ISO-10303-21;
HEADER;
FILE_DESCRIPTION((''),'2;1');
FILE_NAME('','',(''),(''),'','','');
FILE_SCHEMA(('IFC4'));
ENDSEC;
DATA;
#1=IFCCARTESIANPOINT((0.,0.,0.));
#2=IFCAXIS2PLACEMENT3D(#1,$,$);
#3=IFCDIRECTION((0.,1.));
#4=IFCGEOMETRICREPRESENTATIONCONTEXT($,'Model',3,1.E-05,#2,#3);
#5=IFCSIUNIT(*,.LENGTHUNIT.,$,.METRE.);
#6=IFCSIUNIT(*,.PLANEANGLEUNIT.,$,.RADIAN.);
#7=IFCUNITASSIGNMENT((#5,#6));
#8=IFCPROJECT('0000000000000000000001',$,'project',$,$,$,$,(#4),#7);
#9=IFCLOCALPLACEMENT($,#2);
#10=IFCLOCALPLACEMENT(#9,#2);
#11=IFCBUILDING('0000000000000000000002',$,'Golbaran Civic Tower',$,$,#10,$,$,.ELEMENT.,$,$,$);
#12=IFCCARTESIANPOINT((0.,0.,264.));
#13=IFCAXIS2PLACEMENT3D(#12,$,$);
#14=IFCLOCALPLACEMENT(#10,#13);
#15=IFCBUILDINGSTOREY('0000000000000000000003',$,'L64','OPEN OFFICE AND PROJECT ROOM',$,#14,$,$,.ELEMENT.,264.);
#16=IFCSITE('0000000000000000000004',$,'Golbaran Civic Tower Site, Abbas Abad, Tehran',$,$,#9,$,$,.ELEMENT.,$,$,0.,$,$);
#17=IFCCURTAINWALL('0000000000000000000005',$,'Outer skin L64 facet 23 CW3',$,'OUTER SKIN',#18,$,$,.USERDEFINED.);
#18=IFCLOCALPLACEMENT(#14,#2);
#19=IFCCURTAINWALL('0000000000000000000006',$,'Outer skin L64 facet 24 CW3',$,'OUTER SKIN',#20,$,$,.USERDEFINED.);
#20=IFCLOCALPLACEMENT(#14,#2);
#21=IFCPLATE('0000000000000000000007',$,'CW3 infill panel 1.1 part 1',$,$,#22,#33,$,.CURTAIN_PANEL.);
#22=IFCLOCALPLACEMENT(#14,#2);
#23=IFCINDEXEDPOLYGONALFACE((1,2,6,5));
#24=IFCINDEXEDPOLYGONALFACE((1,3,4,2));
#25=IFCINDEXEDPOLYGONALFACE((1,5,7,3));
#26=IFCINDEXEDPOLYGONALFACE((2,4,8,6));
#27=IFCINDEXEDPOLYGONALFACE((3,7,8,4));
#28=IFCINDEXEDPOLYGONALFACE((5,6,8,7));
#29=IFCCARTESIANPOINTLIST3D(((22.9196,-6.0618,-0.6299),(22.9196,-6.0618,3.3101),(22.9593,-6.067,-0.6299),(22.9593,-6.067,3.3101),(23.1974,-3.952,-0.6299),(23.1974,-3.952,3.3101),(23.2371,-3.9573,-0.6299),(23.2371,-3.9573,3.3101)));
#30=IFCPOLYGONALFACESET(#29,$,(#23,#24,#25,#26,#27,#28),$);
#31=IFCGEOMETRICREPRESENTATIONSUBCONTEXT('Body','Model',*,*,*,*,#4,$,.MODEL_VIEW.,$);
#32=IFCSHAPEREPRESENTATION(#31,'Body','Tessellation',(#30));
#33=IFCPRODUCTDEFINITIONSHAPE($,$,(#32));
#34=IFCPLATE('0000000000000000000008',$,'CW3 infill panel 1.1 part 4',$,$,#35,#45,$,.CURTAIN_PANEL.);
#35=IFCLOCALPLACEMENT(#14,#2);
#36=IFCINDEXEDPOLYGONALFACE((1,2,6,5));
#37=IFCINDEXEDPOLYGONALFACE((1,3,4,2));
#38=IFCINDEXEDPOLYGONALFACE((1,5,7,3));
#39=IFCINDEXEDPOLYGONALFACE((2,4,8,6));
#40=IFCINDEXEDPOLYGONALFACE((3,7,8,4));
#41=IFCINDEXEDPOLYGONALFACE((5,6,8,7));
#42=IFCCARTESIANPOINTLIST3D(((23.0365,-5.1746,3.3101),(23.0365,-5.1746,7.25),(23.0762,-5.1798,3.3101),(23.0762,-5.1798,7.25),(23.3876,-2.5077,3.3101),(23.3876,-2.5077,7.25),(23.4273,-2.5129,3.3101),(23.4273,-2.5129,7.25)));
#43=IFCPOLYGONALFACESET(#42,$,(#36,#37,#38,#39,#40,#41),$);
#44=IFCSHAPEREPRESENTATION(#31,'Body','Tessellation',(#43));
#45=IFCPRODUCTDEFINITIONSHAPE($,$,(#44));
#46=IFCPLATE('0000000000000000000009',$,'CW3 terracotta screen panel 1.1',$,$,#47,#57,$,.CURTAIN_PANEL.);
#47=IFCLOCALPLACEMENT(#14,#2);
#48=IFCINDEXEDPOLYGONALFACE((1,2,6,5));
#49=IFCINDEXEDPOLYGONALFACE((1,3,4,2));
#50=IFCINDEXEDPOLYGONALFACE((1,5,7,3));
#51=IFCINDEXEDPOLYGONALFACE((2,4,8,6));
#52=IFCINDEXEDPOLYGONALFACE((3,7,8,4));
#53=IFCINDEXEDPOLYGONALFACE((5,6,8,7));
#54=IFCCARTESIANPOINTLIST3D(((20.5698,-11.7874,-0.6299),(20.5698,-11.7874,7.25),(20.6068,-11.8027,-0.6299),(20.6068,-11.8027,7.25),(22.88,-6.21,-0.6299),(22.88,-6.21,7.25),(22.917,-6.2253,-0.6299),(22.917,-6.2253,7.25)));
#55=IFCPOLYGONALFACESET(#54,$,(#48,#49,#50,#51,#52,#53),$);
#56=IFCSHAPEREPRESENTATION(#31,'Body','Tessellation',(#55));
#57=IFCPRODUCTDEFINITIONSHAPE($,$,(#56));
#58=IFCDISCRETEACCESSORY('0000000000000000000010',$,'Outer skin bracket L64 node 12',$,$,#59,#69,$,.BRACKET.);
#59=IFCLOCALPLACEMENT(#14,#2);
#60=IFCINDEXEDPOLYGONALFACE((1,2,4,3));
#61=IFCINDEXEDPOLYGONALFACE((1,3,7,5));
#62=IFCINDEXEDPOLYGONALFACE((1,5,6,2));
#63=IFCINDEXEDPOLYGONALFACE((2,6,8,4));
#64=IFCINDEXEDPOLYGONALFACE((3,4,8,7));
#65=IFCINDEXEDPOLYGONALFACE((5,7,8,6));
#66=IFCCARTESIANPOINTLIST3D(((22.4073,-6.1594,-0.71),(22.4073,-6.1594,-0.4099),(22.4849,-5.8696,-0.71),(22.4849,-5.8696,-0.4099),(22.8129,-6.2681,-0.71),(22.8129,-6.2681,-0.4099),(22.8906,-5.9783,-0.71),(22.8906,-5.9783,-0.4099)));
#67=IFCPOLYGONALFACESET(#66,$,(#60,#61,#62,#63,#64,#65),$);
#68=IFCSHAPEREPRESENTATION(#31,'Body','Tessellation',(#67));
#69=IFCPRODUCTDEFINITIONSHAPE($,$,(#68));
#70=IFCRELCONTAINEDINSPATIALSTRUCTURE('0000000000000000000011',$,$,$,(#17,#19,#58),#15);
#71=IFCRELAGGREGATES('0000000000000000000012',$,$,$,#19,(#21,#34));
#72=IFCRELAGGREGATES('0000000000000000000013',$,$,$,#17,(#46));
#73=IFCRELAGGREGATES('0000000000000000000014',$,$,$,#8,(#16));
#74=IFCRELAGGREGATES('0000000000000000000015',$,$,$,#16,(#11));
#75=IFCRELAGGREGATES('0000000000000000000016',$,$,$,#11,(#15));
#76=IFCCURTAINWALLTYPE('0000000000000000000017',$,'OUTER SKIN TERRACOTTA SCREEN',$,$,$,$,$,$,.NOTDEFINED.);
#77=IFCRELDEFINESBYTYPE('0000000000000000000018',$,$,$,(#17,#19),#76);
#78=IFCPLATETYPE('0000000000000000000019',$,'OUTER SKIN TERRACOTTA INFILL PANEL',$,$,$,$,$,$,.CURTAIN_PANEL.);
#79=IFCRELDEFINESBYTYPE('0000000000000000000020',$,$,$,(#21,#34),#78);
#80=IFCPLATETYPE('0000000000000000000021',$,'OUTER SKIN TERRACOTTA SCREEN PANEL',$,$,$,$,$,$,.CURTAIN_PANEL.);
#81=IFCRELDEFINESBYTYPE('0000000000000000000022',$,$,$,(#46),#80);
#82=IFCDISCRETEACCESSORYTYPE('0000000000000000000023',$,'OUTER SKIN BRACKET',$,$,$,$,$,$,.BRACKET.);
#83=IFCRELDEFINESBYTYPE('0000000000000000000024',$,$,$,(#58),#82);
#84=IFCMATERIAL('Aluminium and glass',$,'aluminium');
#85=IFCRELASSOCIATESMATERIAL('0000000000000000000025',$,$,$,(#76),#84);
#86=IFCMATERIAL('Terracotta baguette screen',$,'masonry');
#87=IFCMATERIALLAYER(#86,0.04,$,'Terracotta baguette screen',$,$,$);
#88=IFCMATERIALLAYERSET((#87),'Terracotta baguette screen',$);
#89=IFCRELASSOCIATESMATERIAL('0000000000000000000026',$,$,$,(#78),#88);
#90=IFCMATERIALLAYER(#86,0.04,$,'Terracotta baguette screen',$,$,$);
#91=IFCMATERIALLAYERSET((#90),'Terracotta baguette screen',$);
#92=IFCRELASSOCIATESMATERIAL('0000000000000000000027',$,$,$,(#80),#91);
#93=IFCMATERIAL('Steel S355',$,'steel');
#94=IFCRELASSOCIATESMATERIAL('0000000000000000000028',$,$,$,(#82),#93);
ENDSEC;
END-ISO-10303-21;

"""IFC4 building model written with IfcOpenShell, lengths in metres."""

from ifc_helpers import new_model, si_unit, direction, frame, origin, origin_2d, place, context, subcontext, project, spatial, rectangle, extrude, material, layer, layer_set, type_object, element, aggregate, save


model = new_model("IFC4")

# Units and contexts
model_context = context("Model", 3, precision=1e-05, world=origin(), true_north=direction((0.0, 1.0)))
body_context = subcontext(model_context, "Body", "Model", "MODEL_VIEW")
ifc_project = project(units=[si_unit("LENGTHUNIT", "METRE"), si_unit("PLANEANGLEUNIT", "RADIAN")], contexts=[model_context])

# Site, building, storey
site_placement = place(None, origin())
site = spatial("IfcSite", under=ifc_project, at=site_placement, Name="Golbaran Civic Tower Site, Abbas Abad, Tehran", CompositionType="ELEMENT", RefElevation=0.0)
building_placement = place(site_placement, origin())
building = spatial("IfcBuilding", under=site, at=building_placement, Name="Golbaran Civic Tower", CompositionType="ELEMENT")
storey_placement = place(building_placement, frame((0.0, 0.0, 264.0)))
storey = spatial("IfcBuildingStorey", under=building, at=storey_placement, Name="L64", Description="OPEN OFFICE AND PROJECT ROOM", CompositionType="ELEMENT", Elevation=264.0)

# Shared definitions
ifc_material_1 = material(Name="Steel S355", Category="steel")

# Shared definitions
ifc_material_2 = material(Name="Aluminium and glass", Category="aluminium")

# Curtain wall
curtain_wall_type_1 = type_object("IfcCurtainWallType", Name="OUTER SKIN TERRACOTTA SCREEN", PredefinedType="NOTDEFINED", material=ifc_material_2)
curtain_wall_1_placement = place(storey_placement, origin())
curtain_wall_1 = element("IfcCurtainWall", 1, at=curtain_wall_1_placement, inside=storey, type_object=curtain_wall_type_1, Name="Outer skin L64 facet 23 CW3", ObjectType="OUTER SKIN", PredefinedType="USERDEFINED")

# Curtain wall
curtain_wall_2_placement = place(storey_placement, origin())
curtain_wall_2 = element("IfcCurtainWall", 2, at=curtain_wall_2_placement, inside=storey, type_object=curtain_wall_type_1, Name="Outer skin L64 facet 24 CW3", ObjectType="OUTER SKIN", PredefinedType="USERDEFINED")

# Plates
ifc_material_3 = material(Name="Terracotta baguette screen", Category="masonry")
ifc_layer_1 = layer(ifc_material_3, 0.04, Name="Terracotta baguette screen")
ifc_layer_set_1 = layer_set([ifc_layer_1], Name="Terracotta baguette screen")
plate_type_1 = type_object("IfcPlateType", Name="OUTER SKIN TERRACOTTA INFILL PANEL", PredefinedType="CURTAIN_PANEL", material=ifc_layer_set_1)
plate_1_placement = place(storey_placement, frame((23.0784, -5.0095, -0.6299), z_axis=(0.0, 0.0, 1.0), x_axis=(0.130526, 0.991445, 0.0)))
plate_1 = element("IfcPlate", 3, at=plate_1_placement, type_object=plate_type_1, Name="CW3 infill panel 1.1 part 1", PredefinedType="CURTAIN_PANEL", context=body_context, shape_type="SweptSolid", body=[
    extrude(rectangle(XDim=2.1279, YDim=0.04, at=origin_2d()), origin(), (0.0, 0.0, 1.0), 3.9399),
])
plate_2_placement = place(storey_placement, frame((23.2319, -3.8438, 3.3101), z_axis=(0.0, 0.0, 1.0), x_axis=(0.130526, 0.991445, 0.0)))
plate_2 = element("IfcPlate", 4, at=plate_2_placement, type_object=plate_type_1, Name="CW3 infill panel 1.1 part 4", PredefinedType="CURTAIN_PANEL", context=body_context, shape_type="SweptSolid", body=[
    extrude(rectangle(XDim=2.6899, YDim=0.04, at=origin_2d()), origin(), (0.0, 0.0, 1.0), 3.9399),
])
aggregate(curtain_wall_2, [plate_1, plate_2])
ifc_layer_2 = layer(ifc_material_3, 0.04, Name="Terracotta baguette screen")
ifc_layer_set_2 = layer_set([ifc_layer_2], Name="Terracotta baguette screen")
plate_type_2 = type_object("IfcPlateType", Name="OUTER SKIN TERRACOTTA SCREEN PANEL", PredefinedType="CURTAIN_PANEL", material=ifc_layer_set_2)
plate_3_placement = place(storey_placement, frame((21.7434, -9.0063, -0.6299), z_axis=(0.0, 0.0, 1.0), x_axis=(0.382683, 0.92388, 0.0)))
plate_3 = element("IfcPlate", 5, at=plate_3_placement, type_object=plate_type_2, Name="CW3 terracotta screen panel 1.1", PredefinedType="CURTAIN_PANEL", context=body_context, shape_type="SweptSolid", body=[
    extrude(rectangle(XDim=6.0369, YDim=0.04, at=origin_2d()), origin(), (0.0, 0.0, 1.0), 7.8799),
])
aggregate(curtain_wall_1, [plate_3])

# Discrete accessory
discrete_accessory_type = type_object("IfcDiscreteAccessoryType", Name="OUTER SKIN BRACKET", PredefinedType="BRACKET", material=ifc_material_1)
discrete_accessory_placement = place(storey_placement, frame((22.6489, -6.0688, -0.71), z_axis=(0.0, 0.0, 1.0), x_axis=(0.965926, -0.258819, 0.0)))
element("IfcDiscreteAccessory", 6, at=discrete_accessory_placement, inside=storey, type_object=discrete_accessory_type, Name="Outer skin bracket L64 node 12", PredefinedType="BRACKET", context=body_context, shape_type="SweptSolid", body=[
    extrude(rectangle(XDim=0.4199, YDim=0.3, at=origin_2d()), origin(), (0.0, 0.0, 1.0), 0.3),
])

save(model, "model.ifc")
